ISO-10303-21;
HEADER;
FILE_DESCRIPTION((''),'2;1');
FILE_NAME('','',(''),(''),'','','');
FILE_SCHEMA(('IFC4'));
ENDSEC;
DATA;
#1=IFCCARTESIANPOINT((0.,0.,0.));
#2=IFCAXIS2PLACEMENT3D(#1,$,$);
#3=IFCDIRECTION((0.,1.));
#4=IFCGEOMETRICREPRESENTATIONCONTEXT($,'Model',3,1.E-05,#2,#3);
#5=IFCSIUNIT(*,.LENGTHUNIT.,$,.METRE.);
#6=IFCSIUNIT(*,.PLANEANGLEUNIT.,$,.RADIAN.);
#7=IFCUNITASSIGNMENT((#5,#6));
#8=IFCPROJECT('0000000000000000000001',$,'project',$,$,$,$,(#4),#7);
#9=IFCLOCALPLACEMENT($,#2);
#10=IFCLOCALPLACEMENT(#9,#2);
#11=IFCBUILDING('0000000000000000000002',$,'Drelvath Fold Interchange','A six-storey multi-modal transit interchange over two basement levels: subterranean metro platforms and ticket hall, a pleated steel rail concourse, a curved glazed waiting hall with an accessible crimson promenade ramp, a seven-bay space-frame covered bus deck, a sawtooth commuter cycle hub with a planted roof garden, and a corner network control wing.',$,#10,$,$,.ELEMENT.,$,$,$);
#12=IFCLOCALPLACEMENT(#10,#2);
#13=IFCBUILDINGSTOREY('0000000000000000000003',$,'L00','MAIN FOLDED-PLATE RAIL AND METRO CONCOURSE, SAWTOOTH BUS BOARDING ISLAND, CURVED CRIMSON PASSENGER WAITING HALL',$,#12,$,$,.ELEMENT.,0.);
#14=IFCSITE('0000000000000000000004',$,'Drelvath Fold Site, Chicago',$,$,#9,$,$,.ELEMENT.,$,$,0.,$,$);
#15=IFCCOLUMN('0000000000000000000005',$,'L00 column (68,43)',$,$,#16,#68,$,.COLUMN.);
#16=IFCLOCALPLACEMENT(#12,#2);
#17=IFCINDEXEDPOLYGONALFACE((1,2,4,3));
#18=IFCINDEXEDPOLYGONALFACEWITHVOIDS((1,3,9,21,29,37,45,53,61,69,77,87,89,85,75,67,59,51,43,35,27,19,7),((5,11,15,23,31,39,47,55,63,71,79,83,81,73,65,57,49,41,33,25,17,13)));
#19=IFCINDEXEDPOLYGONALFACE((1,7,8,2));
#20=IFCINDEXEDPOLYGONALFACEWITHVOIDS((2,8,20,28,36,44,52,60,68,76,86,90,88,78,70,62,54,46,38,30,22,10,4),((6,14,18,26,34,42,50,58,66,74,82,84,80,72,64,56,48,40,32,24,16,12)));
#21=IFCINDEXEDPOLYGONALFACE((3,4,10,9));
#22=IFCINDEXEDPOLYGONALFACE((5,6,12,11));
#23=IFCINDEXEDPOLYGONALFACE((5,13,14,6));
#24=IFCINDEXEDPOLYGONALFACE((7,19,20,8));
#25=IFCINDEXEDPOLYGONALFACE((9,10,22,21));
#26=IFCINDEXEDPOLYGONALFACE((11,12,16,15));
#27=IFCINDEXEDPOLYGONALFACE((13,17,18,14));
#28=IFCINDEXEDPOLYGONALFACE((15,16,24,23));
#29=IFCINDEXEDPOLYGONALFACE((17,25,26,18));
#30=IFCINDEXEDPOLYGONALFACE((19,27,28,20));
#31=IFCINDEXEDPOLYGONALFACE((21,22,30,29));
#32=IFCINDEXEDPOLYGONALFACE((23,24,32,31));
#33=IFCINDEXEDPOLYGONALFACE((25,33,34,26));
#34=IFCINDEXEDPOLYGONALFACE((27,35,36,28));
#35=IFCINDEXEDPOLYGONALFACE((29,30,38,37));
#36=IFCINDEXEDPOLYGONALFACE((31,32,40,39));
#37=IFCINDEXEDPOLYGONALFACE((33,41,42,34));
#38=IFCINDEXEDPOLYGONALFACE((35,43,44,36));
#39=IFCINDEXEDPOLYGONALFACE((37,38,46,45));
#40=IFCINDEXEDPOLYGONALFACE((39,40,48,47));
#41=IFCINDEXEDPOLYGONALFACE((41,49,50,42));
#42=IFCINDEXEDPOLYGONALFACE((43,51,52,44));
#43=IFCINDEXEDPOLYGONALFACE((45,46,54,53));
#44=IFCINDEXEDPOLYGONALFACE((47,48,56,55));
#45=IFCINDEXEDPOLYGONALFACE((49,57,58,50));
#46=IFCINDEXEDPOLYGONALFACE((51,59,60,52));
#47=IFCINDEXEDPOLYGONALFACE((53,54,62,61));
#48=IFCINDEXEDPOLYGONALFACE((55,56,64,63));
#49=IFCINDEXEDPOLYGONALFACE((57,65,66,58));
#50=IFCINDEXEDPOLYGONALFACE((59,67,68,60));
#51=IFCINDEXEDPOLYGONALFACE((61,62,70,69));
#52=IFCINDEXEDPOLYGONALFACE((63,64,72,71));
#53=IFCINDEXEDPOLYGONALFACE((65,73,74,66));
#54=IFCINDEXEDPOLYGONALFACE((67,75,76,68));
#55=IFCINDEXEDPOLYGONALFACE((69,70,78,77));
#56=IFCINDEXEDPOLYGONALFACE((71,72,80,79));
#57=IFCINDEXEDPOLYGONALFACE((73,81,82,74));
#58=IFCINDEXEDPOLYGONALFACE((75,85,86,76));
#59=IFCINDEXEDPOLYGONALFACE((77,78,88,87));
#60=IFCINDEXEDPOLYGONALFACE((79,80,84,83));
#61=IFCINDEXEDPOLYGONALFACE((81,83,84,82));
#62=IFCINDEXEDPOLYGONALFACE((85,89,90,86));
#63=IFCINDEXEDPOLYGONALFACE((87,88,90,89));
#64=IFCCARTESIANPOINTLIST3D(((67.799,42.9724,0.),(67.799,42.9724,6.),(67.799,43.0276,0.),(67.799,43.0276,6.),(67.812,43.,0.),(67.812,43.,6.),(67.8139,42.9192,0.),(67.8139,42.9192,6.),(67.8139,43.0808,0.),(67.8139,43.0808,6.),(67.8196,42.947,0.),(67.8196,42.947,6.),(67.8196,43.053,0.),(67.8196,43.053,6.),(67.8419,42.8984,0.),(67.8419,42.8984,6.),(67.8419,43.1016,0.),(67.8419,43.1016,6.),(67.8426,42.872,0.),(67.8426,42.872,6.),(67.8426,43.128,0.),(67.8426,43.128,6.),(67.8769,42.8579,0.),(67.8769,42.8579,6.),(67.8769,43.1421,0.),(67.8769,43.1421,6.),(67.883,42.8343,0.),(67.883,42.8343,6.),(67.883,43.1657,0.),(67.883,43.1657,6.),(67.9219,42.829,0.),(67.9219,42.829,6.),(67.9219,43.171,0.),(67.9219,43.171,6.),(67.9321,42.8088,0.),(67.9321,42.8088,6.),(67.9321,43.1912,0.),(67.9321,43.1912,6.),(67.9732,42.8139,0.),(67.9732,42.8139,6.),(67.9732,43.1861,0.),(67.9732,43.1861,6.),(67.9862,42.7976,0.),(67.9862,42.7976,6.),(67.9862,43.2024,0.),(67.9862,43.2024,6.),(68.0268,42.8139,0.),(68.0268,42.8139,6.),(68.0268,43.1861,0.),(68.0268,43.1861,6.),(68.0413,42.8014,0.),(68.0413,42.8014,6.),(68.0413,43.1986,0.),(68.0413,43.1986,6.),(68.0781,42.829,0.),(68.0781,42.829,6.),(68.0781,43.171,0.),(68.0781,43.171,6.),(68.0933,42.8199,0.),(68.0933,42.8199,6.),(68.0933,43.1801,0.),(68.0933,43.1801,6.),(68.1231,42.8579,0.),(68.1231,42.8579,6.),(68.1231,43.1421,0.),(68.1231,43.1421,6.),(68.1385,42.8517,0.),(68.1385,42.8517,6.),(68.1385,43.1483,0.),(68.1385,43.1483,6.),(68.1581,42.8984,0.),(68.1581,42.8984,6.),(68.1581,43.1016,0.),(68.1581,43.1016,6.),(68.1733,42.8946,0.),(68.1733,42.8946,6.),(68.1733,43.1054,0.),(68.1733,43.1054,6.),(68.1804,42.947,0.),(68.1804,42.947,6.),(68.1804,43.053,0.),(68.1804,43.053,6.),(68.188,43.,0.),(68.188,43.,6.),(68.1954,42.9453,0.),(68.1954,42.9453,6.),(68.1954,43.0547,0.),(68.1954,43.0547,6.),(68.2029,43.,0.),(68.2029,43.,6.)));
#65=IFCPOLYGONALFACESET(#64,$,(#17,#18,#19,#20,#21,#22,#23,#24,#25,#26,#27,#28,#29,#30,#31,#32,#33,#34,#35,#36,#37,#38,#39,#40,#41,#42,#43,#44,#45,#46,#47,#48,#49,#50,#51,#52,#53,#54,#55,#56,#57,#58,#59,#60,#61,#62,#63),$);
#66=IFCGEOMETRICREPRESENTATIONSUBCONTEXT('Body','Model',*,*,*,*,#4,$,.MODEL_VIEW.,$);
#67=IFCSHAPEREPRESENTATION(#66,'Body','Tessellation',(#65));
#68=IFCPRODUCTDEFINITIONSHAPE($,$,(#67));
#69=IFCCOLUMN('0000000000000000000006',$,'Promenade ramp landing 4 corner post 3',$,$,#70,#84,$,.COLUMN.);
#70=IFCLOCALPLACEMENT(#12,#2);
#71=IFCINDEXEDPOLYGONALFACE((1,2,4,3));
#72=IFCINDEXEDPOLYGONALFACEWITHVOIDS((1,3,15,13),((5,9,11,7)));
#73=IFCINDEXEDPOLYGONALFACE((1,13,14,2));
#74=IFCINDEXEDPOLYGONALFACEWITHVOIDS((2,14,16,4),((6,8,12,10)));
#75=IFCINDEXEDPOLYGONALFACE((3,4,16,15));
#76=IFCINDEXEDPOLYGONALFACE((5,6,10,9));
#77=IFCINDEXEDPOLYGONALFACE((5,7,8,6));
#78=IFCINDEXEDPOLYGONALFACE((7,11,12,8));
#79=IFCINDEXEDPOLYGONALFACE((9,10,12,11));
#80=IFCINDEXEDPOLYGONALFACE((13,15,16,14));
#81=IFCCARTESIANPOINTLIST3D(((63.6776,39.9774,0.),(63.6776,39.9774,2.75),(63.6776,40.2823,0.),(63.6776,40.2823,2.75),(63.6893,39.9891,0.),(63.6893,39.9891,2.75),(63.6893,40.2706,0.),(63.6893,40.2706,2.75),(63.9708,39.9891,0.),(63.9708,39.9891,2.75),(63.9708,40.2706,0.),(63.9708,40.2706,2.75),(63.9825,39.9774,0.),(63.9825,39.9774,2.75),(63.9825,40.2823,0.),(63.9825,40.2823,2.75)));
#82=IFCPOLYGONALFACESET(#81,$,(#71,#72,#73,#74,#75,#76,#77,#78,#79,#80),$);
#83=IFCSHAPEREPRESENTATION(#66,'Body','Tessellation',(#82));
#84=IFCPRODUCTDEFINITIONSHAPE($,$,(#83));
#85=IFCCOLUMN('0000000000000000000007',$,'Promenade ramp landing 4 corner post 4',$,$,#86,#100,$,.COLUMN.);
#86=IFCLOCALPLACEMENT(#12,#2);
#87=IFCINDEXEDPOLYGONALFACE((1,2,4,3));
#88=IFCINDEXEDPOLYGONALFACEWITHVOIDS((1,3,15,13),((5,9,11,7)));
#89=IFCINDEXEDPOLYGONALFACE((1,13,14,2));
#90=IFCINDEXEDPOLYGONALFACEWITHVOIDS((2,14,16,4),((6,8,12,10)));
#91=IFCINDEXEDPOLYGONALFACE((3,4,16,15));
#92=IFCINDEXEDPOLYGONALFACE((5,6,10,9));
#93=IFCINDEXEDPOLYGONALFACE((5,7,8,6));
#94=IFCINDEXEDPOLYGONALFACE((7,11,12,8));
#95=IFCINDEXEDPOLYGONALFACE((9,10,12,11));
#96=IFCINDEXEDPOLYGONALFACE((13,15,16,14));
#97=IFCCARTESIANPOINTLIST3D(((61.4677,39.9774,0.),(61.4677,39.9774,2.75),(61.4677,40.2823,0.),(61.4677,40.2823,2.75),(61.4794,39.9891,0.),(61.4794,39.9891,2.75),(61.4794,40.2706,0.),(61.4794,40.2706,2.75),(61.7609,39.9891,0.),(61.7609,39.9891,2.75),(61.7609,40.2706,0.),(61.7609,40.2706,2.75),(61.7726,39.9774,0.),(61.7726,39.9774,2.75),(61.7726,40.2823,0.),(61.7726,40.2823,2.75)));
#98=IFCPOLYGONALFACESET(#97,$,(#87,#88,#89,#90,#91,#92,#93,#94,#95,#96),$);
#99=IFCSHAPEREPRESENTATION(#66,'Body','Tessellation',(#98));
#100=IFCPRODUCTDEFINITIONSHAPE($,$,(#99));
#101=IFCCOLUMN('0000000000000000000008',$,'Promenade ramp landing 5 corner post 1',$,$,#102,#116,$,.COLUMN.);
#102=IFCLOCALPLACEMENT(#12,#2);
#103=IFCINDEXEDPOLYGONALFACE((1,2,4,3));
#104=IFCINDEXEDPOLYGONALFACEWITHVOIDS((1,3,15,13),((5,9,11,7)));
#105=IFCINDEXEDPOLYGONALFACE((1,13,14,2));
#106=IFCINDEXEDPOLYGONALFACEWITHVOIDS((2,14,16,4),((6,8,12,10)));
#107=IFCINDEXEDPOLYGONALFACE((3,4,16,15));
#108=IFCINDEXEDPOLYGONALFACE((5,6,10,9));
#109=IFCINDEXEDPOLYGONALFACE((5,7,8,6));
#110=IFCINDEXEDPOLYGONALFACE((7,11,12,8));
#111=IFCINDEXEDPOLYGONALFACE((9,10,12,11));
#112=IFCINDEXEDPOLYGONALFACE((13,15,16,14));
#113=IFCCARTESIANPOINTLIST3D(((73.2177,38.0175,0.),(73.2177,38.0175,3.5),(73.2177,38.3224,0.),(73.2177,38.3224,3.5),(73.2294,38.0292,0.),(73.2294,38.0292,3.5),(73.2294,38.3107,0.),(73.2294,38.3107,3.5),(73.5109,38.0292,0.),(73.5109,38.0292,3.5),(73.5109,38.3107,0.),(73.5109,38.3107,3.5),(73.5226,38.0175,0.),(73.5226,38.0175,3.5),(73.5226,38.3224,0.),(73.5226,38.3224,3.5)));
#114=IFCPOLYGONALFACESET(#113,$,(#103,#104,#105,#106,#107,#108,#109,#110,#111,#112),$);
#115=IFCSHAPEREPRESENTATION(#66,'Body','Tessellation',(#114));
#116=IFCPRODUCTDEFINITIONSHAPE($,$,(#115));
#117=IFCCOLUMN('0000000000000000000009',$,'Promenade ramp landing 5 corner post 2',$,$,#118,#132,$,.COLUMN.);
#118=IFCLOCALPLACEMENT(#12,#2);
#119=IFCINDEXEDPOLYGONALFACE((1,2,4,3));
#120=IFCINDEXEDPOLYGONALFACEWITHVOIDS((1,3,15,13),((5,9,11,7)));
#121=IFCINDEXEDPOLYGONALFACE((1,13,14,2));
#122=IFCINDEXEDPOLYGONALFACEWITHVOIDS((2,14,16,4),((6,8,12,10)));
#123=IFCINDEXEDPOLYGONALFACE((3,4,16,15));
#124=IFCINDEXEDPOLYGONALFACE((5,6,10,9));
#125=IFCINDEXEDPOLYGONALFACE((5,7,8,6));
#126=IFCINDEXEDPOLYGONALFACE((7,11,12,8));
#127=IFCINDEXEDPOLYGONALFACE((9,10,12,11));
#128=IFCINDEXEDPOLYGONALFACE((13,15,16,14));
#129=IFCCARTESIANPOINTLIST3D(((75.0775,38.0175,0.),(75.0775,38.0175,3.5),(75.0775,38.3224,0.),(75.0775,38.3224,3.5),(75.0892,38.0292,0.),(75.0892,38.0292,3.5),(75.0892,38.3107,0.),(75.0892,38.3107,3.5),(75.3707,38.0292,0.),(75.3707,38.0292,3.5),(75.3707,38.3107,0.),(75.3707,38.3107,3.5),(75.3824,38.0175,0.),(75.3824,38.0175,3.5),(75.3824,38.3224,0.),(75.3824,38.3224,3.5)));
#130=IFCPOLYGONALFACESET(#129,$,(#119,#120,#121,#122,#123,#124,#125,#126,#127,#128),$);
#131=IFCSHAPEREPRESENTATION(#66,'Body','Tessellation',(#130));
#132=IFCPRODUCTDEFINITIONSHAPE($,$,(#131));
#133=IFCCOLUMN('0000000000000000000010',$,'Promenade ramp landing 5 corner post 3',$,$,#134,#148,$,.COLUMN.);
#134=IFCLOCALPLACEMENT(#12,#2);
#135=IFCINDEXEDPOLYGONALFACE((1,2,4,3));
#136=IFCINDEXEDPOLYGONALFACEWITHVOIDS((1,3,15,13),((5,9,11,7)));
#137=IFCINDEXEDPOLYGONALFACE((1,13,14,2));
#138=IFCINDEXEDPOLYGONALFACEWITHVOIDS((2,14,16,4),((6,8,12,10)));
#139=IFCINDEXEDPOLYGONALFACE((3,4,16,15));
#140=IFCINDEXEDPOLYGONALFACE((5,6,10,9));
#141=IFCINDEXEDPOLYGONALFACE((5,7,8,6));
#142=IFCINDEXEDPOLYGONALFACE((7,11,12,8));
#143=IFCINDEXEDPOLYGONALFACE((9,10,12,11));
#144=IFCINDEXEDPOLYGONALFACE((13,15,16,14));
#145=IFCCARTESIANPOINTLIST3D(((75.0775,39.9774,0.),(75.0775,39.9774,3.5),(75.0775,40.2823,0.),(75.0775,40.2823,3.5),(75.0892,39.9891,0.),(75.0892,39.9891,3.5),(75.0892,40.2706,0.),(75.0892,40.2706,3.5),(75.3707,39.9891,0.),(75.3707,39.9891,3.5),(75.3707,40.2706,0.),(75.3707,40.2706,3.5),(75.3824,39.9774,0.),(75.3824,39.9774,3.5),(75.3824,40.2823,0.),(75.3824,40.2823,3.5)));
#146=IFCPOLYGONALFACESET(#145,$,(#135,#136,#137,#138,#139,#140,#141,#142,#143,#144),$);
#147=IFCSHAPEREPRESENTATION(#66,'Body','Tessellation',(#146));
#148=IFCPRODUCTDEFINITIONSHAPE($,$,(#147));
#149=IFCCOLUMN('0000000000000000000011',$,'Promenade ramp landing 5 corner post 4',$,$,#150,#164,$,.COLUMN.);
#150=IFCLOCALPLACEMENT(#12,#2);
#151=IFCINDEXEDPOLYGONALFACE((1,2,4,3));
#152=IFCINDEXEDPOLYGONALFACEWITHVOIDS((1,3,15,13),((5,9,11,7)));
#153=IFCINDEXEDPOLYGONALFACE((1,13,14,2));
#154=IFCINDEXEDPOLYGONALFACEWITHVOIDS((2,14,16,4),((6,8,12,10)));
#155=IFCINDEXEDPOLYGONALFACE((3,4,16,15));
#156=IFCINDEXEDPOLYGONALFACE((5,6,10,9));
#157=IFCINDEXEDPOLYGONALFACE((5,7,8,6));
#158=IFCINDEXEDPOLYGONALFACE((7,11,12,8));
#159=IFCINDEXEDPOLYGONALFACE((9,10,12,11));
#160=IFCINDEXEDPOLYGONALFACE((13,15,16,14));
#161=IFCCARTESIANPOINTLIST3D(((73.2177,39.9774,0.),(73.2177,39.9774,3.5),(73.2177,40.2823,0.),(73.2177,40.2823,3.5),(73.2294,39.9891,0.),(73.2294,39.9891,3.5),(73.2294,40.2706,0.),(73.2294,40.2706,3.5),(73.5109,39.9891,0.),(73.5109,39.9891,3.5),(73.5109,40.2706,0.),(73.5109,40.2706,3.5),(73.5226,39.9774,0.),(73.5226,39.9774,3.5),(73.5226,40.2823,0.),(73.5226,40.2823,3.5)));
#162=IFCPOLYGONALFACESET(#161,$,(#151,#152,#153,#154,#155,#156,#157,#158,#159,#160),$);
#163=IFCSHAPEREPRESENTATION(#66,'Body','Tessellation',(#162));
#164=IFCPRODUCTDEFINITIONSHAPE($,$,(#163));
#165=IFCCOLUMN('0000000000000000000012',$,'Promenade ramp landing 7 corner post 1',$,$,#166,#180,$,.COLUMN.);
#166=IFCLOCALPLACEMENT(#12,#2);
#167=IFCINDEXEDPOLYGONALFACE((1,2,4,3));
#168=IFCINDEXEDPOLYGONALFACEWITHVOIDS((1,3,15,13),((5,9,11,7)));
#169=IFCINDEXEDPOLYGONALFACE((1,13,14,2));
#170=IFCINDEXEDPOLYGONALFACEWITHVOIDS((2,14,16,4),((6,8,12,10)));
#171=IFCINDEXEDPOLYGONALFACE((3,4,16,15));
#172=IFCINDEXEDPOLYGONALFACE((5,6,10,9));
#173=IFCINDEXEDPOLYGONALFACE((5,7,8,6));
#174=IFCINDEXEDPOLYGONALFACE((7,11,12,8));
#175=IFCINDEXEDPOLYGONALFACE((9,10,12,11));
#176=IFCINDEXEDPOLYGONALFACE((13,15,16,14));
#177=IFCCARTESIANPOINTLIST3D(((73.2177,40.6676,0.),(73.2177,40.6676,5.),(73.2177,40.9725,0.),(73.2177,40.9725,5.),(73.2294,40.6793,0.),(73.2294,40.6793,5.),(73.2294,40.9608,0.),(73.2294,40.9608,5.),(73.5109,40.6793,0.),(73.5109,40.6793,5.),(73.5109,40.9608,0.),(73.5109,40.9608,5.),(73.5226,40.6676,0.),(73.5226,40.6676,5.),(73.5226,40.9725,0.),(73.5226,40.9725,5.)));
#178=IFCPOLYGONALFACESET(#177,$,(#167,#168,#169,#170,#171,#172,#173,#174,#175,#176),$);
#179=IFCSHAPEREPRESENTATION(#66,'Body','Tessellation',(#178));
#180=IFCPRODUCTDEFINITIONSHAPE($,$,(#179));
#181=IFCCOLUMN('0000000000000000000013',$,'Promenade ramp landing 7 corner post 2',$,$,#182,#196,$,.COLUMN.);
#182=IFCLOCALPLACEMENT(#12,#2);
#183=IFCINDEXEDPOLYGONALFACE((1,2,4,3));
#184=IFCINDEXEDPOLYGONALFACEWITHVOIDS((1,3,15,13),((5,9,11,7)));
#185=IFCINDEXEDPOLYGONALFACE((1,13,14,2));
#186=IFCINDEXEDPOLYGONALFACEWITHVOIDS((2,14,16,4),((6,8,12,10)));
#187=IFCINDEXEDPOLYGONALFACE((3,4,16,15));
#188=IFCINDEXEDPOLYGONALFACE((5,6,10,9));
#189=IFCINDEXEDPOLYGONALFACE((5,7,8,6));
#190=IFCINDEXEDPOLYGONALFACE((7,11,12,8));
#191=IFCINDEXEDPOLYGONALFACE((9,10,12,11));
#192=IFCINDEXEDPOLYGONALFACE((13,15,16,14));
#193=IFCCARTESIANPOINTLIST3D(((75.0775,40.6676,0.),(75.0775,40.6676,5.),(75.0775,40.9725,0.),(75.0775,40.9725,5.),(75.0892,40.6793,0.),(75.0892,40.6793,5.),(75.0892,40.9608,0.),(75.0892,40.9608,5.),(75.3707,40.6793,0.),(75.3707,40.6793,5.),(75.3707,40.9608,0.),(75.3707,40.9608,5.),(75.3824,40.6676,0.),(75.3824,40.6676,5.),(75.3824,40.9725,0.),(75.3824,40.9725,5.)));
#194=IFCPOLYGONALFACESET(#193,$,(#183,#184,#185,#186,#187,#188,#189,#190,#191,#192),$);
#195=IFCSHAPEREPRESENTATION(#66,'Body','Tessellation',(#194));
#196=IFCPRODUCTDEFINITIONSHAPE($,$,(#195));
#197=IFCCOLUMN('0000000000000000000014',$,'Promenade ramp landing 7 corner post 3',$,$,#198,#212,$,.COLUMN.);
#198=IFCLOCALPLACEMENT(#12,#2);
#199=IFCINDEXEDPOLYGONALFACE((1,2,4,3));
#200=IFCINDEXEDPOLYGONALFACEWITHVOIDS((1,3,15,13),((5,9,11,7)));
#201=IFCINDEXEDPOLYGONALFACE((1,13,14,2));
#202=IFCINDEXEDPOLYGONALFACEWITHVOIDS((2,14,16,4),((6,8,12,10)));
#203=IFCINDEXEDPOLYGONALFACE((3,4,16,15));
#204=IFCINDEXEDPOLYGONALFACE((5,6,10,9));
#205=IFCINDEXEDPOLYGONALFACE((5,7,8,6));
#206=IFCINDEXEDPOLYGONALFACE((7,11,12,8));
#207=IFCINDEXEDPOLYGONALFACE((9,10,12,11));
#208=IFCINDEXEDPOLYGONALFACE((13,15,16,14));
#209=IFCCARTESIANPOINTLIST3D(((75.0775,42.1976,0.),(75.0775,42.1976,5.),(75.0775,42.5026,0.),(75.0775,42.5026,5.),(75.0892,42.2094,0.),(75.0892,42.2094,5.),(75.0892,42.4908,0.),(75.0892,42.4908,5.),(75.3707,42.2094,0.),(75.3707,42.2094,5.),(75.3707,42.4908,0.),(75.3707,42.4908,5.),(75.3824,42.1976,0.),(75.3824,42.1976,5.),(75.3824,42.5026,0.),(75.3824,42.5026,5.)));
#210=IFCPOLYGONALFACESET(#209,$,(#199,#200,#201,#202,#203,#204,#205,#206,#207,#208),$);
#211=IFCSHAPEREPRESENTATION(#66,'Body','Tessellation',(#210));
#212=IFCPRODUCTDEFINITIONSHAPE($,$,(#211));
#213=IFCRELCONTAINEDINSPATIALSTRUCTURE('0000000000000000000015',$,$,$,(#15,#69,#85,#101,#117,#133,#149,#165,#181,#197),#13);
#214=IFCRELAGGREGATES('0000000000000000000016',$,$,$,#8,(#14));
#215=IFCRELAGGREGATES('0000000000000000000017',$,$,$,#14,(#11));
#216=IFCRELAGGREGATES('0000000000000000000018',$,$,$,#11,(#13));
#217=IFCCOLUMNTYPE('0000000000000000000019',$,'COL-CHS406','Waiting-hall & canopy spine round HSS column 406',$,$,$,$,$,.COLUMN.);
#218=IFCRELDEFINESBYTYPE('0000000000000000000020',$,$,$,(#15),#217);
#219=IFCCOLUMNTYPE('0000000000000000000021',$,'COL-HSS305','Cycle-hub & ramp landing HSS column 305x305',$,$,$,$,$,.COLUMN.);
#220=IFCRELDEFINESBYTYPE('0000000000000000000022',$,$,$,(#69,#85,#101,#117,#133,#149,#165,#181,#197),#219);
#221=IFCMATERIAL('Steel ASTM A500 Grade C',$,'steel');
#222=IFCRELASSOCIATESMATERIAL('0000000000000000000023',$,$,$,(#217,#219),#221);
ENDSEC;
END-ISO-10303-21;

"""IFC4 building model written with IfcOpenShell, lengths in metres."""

from ifc_helpers import new_model, si_unit, direction, frame, origin, origin_2d, place, context, subcontext, project, spatial, hollow_rectangle, hollow_circle, extrude, material, material_profile, profile_set, type_object, element, save


model = new_model("IFC4")

# Units and contexts
model_context = context("Model", 3, precision=1e-05, world=origin(), true_north=direction((0.0, 1.0)))
body_context = subcontext(model_context, "Body", "Model", "MODEL_VIEW")
ifc_project = project(units=[si_unit("LENGTHUNIT", "METRE"), si_unit("PLANEANGLEUNIT", "RADIAN")], contexts=[model_context])

# Site, building, storey
site_placement = place(None, origin())
site = spatial("IfcSite", under=ifc_project, at=site_placement, Name="Drelvath Fold Site, Chicago", CompositionType="ELEMENT", RefElevation=0.0)
building_placement = place(site_placement, origin())
building = spatial("IfcBuilding", under=site, at=building_placement, Name="Drelvath Fold Interchange", Description="A six-storey multi-modal transit interchange over two basement levels: subterranean metro platforms and ticket hall, a pleated steel rail concourse, a curved glazed waiting hall with an accessible crimson promenade ramp, a seven-bay space-frame covered bus deck, a sawtooth commuter cycle hub with a planted roof garden, and a corner network control wing.", CompositionType="ELEMENT")
storey_placement = place(building_placement, origin())
storey = spatial("IfcBuildingStorey", under=building, at=storey_placement, Name="L00", Description="MAIN FOLDED-PLATE RAIL AND METRO CONCOURSE, SAWTOOTH BUS BOARDING ISLAND, CURVED CRIMSON PASSENGER WAITING HALL", CompositionType="ELEMENT", Elevation=0.0)

# Columns
ifc_material_1 = material(Name="Steel ASTM A500 Grade C", Category="steel")
ifc_material_profile_1 = material_profile(ifc_material_1, hollow_circle(Radius=0.2029, WallThickness=0.0149, at=origin_2d()), Name="HSS16.000X0.625")
ifc_profile_set_1 = profile_set([ifc_material_profile_1], Name="Steel ASTM A500 Grade C")
column_type_1 = type_object("IfcColumnType", Name="COL-CHS406", Description="Waiting-hall & canopy spine round HSS column 406", PredefinedType="COLUMN", material=ifc_profile_set_1)
column_placement = place(storey_placement, frame((68.0, 43.0, 0.0), z_axis=(0.0, 0.0, 1.0), x_axis=(1.0, 0.0, 0.0)))
element("IfcColumn", 1, at=column_placement, inside=storey, type_object=column_type_1, Name="L00 column (68,43)", PredefinedType="COLUMN", context=body_context, shape_type="SweptSolid", body=[
    extrude(hollow_circle(Radius=0.2029, WallThickness=0.0149, at=origin_2d()), origin(), (0.0, 0.0, 1.0), 6.0),
])
ifc_material_profile_2 = material_profile(ifc_material_1, hollow_rectangle(XDim=0.3049, YDim=0.3049, WallThickness=0.0117, at=origin_2d()), Name="HSS12X12X1/2")
ifc_profile_set_2 = profile_set([ifc_material_profile_2], Name="Steel ASTM A500 Grade C")
column_type_2 = type_object("IfcColumnType", Name="COL-HSS305", Description="Cycle-hub & ramp landing HSS column 305x305", PredefinedType="COLUMN", material=ifc_profile_set_2)
for number, where, z_axis, x_axis, name in (
    (2, (63.8301, 40.1299, 0.0), (0.0, 0.0, 1.0), (1.0, 0.0, 0.0), "Promenade ramp landing 4 corner post 3"),
    (3, (61.6201, 40.1299, 0.0), (0.0, 0.0, 1.0), (1.0, 0.0, 0.0), "Promenade ramp landing 4 corner post 4"),
):
    element("IfcColumn", number, at=place(storey_placement, frame(where, z_axis=z_axis, x_axis=x_axis)), inside=storey, type_object=column_type_2, Name=name, PredefinedType="COLUMN", context=body_context, shape_type="SweptSolid", body=[
        extrude(hollow_rectangle(XDim=0.3049, YDim=0.3049, WallThickness=0.0117, at=origin_2d()), origin(), (0.0, 0.0, 1.0), 2.75),
    ])
for number, where, z_axis, x_axis, name in (
    (4, (73.3701, 38.1699, 0.0), (0.0, 0.0, 1.0), (1.0, 0.0, 0.0), "Promenade ramp landing 5 corner post 1"),
    (5, (75.23, 38.1699, 0.0), (0.0, 0.0, 1.0), (1.0, 0.0, 0.0), "Promenade ramp landing 5 corner post 2"),
    (6, (75.23, 40.1299, 0.0), (0.0, 0.0, 1.0), (1.0, 0.0, 0.0), "Promenade ramp landing 5 corner post 3"),
    (7, (73.3701, 40.1299, 0.0), (0.0, 0.0, 1.0), (1.0, 0.0, 0.0), "Promenade ramp landing 5 corner post 4"),
):
    element("IfcColumn", number, at=place(storey_placement, frame(where, z_axis=z_axis, x_axis=x_axis)), inside=storey, type_object=column_type_2, Name=name, PredefinedType="COLUMN", context=body_context, shape_type="SweptSolid", body=[
        extrude(hollow_rectangle(XDim=0.3049, YDim=0.3049, WallThickness=0.0117, at=origin_2d()), origin(), (0.0, 0.0, 1.0), 3.5),
    ])
for number, where, z_axis, x_axis, name in (
    (8, (73.3701, 40.8201, 0.0), (0.0, 0.0, 1.0), (1.0, 0.0, 0.0), "Promenade ramp landing 7 corner post 1"),
    (9, (75.23, 40.8201, 0.0), (0.0, 0.0, 1.0), (1.0, 0.0, 0.0), "Promenade ramp landing 7 corner post 2"),
    (10, (75.23, 42.3501, 0.0), (0.0, 0.0, 1.0), (1.0, 0.0, 0.0), "Promenade ramp landing 7 corner post 3"),
):
    element("IfcColumn", number, at=place(storey_placement, frame(where, z_axis=z_axis, x_axis=x_axis)), inside=storey, type_object=column_type_2, Name=name, PredefinedType="COLUMN", context=body_context, shape_type="SweptSolid", body=[
        extrude(hollow_rectangle(XDim=0.3049, YDim=0.3049, WallThickness=0.0117, at=origin_2d()), origin(), (0.0, 0.0, 1.0), 5.0),
    ])

save(model, "model.ifc")
